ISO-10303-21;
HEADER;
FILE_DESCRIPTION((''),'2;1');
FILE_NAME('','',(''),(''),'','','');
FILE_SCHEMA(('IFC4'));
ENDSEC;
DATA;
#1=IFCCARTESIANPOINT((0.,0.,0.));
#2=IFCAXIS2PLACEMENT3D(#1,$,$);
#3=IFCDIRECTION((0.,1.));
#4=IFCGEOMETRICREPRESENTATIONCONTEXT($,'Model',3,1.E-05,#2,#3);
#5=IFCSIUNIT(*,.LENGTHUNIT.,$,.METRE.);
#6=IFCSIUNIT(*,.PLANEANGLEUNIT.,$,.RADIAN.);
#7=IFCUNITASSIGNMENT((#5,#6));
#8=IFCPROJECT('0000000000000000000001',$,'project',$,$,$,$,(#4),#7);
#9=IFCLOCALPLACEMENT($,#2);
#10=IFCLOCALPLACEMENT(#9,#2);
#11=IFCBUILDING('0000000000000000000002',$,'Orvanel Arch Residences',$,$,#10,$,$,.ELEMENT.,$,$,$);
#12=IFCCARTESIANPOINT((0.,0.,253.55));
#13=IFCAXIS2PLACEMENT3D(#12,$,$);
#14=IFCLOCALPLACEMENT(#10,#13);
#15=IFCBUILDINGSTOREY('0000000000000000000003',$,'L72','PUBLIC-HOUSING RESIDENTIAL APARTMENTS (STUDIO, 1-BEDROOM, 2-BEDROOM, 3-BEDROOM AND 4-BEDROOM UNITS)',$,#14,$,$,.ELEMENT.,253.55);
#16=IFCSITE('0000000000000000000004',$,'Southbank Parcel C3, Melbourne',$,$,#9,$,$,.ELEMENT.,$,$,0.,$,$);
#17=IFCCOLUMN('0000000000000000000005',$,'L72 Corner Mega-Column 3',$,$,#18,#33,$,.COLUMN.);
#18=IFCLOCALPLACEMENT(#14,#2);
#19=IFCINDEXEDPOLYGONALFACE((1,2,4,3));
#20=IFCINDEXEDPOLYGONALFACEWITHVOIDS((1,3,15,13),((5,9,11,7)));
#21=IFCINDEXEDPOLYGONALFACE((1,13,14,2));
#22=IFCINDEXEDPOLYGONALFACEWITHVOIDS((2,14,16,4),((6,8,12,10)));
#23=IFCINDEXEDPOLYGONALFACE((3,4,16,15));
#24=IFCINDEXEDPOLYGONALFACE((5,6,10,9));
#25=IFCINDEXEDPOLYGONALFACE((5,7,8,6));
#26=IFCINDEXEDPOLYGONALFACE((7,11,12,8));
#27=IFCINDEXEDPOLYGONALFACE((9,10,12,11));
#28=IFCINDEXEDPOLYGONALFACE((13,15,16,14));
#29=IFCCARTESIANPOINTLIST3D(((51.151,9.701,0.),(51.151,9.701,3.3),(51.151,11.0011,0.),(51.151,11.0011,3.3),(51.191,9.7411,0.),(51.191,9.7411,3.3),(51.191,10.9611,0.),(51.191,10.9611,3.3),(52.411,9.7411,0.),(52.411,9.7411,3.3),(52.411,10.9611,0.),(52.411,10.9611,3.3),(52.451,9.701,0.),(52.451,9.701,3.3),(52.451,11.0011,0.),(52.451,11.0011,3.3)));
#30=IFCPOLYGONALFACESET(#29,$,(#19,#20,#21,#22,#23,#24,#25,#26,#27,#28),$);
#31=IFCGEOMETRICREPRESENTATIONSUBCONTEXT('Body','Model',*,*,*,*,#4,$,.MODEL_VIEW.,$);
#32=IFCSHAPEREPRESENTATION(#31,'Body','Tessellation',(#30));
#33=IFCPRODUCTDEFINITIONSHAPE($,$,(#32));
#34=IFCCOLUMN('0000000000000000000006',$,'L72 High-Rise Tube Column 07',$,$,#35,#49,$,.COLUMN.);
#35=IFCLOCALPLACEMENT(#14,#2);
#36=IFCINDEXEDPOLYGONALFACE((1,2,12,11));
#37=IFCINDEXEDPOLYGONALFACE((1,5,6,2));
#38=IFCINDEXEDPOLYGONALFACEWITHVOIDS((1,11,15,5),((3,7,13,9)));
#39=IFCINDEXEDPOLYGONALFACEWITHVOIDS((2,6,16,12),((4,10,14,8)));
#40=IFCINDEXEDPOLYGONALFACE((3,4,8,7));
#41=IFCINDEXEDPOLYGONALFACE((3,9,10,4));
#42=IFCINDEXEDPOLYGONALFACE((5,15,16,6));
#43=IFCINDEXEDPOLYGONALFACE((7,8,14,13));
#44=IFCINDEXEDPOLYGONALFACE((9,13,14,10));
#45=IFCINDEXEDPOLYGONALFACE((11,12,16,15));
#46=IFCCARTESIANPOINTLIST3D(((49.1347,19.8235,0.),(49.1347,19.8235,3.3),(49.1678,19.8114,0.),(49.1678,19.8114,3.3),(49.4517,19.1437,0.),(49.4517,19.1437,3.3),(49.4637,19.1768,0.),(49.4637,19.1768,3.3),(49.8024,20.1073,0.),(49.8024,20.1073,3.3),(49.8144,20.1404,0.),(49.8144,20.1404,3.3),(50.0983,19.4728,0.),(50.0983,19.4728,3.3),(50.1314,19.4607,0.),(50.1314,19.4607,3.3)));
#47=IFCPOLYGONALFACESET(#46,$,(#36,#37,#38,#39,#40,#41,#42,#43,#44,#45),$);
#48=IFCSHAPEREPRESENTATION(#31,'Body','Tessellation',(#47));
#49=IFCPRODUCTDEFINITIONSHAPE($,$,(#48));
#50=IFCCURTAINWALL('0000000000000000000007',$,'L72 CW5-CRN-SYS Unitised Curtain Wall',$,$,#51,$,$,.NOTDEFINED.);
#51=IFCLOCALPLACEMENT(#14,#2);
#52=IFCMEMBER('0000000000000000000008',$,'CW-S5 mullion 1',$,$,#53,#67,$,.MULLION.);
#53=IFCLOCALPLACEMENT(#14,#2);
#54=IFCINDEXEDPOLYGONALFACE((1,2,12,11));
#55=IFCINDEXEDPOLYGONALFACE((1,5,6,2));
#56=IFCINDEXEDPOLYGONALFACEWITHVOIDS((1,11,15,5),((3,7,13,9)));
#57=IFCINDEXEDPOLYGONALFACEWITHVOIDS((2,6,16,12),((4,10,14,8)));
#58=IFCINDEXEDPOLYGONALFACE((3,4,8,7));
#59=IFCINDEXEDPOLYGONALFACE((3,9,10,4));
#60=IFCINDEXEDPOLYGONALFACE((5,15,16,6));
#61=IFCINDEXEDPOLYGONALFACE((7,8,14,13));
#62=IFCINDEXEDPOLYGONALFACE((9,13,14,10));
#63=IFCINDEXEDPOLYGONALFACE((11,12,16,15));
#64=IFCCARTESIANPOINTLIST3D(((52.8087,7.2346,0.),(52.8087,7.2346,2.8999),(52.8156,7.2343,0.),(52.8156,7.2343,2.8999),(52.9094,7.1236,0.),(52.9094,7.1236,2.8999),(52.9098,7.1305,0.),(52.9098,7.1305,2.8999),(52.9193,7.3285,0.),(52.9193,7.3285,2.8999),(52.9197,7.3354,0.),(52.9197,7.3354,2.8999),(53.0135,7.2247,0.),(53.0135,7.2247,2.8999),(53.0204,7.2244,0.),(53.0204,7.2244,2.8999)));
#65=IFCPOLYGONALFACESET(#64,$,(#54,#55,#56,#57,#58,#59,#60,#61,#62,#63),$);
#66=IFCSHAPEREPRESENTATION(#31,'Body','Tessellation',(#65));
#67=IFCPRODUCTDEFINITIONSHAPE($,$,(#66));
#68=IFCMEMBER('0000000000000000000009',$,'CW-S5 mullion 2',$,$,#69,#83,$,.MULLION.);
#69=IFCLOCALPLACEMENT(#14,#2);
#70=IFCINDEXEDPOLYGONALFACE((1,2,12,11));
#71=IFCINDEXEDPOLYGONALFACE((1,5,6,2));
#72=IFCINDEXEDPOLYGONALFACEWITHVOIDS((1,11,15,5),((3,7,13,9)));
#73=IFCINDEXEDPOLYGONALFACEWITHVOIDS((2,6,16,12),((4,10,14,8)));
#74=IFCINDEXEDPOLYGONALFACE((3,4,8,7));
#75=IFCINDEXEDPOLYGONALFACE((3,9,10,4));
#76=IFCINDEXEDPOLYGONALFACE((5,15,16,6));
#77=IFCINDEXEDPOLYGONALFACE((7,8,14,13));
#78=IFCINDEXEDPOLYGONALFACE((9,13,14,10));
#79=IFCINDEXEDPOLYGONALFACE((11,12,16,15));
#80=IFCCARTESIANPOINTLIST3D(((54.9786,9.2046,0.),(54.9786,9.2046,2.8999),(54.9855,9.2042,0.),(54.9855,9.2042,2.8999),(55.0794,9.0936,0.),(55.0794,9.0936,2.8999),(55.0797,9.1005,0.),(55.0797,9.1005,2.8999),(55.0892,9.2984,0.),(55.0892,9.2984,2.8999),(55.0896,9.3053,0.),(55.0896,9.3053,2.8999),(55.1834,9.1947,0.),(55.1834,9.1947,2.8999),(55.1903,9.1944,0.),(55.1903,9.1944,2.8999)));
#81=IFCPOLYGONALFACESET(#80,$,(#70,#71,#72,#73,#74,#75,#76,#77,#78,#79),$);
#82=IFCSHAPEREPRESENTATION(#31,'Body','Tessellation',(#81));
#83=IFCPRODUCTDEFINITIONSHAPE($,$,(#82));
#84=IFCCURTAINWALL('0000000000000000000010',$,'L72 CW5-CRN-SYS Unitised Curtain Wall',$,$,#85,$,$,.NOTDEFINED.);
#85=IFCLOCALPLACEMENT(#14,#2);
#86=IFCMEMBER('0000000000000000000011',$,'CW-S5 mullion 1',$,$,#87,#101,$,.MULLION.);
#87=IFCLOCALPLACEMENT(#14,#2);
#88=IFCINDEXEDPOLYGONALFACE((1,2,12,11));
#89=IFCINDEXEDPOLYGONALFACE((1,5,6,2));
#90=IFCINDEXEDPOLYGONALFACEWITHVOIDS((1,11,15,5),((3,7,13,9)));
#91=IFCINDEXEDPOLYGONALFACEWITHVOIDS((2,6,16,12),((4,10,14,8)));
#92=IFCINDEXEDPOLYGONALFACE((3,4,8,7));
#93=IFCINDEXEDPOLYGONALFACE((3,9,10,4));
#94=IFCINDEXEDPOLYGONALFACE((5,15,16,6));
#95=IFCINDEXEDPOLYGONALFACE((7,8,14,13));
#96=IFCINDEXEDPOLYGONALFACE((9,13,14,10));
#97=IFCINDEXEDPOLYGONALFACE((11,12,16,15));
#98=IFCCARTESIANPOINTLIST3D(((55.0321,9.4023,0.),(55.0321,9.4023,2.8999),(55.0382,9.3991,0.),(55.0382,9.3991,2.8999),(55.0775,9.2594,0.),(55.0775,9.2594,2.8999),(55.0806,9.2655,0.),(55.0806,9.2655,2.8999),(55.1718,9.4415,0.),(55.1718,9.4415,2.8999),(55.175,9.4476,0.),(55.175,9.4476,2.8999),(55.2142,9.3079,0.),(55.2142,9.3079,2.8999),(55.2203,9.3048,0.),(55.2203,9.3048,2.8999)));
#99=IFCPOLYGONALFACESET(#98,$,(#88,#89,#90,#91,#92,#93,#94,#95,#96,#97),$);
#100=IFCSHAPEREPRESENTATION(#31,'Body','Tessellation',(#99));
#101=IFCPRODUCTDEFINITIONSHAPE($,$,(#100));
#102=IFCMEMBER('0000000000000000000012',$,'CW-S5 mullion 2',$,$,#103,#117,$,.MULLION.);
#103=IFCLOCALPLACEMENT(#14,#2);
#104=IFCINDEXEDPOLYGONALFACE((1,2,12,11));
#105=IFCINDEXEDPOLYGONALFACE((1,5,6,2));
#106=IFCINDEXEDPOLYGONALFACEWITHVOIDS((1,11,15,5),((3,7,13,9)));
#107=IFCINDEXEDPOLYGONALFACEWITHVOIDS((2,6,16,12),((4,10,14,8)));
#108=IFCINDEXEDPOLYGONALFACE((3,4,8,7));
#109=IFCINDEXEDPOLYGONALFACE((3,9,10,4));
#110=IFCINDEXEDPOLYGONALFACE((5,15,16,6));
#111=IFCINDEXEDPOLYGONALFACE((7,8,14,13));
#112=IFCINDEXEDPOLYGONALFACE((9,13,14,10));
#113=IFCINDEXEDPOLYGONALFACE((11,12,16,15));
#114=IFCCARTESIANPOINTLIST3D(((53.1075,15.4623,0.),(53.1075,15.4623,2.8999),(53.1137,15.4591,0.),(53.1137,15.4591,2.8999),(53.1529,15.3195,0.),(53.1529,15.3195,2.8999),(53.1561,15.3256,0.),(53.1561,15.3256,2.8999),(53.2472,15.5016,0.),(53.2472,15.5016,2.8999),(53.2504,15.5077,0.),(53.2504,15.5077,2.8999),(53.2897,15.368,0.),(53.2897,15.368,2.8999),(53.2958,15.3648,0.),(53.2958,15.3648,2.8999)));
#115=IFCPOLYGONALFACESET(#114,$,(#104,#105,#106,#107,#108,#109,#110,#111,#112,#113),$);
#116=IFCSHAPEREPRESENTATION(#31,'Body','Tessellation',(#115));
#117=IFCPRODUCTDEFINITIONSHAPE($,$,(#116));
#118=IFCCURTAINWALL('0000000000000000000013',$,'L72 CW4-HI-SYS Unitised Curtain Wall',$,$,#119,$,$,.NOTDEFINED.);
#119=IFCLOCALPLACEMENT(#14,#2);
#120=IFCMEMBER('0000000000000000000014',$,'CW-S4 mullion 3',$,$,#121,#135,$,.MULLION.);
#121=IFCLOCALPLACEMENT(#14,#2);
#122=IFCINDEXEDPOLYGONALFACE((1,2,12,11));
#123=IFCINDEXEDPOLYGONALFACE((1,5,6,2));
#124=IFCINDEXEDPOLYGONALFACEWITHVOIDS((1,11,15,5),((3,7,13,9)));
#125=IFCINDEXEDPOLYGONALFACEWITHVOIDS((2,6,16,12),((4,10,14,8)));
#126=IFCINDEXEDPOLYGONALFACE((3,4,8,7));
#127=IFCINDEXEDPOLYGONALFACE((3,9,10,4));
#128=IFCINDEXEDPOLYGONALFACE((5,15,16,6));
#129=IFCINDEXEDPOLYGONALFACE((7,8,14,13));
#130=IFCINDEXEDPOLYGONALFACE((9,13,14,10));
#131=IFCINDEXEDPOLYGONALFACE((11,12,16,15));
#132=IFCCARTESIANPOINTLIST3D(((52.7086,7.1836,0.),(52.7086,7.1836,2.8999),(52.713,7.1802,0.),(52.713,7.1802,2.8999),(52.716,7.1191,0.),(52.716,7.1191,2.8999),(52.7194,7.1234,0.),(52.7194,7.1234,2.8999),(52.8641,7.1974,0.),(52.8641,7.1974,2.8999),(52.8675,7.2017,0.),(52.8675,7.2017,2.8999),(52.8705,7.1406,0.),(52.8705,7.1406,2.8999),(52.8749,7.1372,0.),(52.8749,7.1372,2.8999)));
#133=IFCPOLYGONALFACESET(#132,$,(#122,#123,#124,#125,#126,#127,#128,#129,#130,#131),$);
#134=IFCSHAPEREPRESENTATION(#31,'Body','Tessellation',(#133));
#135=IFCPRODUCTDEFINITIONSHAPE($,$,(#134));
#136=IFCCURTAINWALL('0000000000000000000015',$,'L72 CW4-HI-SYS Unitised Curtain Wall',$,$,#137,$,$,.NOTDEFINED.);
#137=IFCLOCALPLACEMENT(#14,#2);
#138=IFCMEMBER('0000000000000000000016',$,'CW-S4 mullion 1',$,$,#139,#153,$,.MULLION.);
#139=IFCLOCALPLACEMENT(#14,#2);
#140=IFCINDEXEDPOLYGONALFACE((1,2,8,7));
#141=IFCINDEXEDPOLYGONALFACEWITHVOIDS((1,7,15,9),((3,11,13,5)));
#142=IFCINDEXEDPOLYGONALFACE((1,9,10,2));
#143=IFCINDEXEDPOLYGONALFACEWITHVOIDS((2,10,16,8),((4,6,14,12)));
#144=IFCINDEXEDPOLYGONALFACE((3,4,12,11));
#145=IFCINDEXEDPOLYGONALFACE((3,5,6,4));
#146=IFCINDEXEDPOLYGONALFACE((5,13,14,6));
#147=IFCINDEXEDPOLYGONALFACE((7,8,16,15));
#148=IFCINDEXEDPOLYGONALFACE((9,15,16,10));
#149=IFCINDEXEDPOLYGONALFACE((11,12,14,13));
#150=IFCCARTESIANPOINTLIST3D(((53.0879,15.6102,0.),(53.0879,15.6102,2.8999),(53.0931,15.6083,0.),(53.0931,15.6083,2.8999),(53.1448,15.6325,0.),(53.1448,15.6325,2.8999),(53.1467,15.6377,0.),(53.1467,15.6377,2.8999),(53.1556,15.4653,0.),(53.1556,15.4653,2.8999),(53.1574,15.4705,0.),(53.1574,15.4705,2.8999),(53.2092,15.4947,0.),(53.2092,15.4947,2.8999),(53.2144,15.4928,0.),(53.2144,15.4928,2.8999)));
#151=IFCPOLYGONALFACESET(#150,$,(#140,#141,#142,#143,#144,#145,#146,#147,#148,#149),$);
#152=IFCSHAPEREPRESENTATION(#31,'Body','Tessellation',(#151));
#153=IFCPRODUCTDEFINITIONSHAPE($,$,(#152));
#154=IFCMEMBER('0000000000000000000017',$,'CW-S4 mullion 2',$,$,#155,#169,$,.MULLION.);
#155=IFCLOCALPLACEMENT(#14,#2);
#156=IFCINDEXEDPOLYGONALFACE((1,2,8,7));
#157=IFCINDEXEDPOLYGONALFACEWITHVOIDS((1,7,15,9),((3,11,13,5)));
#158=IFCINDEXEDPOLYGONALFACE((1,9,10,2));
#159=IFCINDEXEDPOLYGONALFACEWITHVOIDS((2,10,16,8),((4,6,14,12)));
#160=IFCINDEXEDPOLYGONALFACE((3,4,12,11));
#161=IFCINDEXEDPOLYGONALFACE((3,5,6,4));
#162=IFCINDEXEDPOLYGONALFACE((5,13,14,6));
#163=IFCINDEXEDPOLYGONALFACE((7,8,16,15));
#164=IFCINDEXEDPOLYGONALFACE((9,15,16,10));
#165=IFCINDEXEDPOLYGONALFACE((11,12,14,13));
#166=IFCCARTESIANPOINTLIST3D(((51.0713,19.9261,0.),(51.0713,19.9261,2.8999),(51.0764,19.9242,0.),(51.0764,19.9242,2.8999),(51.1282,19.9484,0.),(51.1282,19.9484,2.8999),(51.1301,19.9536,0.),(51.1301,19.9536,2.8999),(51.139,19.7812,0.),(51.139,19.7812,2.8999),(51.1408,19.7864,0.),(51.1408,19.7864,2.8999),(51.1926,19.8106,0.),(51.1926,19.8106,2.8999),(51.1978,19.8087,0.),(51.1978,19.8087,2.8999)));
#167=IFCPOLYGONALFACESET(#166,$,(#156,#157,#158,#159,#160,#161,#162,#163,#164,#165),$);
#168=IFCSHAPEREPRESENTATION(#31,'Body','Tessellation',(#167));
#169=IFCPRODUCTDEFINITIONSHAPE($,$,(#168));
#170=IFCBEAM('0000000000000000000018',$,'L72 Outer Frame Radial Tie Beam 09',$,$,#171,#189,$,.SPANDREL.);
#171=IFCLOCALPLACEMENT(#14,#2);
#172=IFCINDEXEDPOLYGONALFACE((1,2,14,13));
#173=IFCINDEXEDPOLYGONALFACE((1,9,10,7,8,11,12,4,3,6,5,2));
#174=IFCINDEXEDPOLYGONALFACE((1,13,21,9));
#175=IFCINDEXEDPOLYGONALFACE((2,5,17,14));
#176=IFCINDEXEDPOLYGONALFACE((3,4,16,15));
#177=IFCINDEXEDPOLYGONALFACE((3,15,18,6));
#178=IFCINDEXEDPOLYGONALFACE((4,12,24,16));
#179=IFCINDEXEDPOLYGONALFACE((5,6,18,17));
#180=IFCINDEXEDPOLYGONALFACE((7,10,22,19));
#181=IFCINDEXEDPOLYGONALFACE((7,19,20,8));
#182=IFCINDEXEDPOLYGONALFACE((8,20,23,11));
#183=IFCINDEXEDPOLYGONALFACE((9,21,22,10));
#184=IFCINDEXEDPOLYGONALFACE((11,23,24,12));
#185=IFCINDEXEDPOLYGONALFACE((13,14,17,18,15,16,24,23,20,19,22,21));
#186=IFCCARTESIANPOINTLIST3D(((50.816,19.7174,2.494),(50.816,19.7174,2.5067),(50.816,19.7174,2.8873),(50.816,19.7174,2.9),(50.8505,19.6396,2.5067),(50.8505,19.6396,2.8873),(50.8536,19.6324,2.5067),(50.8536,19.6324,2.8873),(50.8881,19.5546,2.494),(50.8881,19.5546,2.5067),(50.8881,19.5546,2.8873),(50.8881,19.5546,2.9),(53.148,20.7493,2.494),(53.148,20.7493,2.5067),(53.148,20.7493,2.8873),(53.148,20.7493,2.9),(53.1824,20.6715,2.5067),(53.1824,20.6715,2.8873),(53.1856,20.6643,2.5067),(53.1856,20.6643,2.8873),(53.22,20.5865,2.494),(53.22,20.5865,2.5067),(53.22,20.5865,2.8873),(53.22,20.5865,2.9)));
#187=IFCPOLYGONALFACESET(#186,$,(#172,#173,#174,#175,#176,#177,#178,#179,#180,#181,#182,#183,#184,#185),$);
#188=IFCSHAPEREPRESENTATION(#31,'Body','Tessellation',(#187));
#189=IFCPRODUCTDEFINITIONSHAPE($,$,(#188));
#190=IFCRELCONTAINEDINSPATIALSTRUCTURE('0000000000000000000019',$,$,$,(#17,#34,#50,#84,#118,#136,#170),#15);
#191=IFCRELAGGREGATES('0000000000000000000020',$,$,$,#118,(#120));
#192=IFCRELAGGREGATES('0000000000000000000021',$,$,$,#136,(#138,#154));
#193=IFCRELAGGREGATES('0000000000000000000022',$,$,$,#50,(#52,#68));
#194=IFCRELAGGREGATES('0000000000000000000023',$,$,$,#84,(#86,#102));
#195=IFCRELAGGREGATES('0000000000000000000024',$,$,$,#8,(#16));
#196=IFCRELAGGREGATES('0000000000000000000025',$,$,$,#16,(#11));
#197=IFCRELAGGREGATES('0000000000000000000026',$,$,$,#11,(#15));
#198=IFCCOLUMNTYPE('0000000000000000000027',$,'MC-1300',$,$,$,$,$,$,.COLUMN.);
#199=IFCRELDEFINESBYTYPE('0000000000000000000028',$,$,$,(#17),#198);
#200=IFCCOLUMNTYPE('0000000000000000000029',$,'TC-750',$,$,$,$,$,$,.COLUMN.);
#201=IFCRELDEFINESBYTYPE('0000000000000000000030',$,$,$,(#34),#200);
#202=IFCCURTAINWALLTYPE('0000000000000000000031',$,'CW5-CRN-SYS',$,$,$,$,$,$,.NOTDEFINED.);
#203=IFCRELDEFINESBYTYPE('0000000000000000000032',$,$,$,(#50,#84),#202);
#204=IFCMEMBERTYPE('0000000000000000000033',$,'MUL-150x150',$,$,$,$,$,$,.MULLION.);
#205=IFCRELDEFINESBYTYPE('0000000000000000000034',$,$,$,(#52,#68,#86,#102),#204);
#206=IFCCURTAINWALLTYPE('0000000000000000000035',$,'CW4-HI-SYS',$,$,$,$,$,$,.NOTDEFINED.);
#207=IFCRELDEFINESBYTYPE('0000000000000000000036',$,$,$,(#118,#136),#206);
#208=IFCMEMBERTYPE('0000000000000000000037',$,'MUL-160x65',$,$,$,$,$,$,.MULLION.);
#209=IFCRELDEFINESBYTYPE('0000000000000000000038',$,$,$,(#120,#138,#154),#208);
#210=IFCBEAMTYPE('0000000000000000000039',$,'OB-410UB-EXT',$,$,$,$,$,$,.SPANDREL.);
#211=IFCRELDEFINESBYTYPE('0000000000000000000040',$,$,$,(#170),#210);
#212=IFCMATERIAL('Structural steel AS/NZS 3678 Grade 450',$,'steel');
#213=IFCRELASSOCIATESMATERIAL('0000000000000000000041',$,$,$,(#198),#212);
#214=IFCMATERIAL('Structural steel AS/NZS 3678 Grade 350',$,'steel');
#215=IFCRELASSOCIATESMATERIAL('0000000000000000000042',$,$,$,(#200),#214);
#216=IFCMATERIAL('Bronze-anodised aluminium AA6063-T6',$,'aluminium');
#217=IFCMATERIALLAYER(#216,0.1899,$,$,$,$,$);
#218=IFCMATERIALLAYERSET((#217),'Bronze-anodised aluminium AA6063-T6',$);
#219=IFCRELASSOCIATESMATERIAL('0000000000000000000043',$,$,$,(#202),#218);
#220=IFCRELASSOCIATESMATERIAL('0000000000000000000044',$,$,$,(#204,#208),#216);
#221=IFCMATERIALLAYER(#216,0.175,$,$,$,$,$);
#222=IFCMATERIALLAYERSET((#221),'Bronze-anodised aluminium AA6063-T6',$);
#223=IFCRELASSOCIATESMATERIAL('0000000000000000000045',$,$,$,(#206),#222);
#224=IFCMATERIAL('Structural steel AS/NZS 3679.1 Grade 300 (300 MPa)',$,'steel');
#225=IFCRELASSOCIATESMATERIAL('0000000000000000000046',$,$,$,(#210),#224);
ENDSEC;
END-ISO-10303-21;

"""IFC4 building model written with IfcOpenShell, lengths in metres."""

from ifc_helpers import new_model, si_unit, direction, frame, origin, origin_2d, place, context, subcontext, project, spatial, hollow_rectangle, i_section, extrude, material, layer, layer_set, material_profile, profile_set, type_object, element, aggregate, save


model = new_model("IFC4")

# Units and contexts
model_context = context("Model", 3, precision=1e-05, world=origin(), true_north=direction((0.0, 1.0)))
body_context = subcontext(model_context, "Body", "Model", "MODEL_VIEW")
ifc_project = project(units=[si_unit("LENGTHUNIT", "METRE"), si_unit("PLANEANGLEUNIT", "RADIAN")], contexts=[model_context])

# Site, building, storey
site_placement = place(None, origin())
site = spatial("IfcSite", under=ifc_project, at=site_placement, Name="Southbank Parcel C3, Melbourne", CompositionType="ELEMENT", RefElevation=0.0)
building_placement = place(site_placement, origin())
building = spatial("IfcBuilding", under=site, at=building_placement, Name="Orvanel Arch Residences", CompositionType="ELEMENT")
storey_placement = place(building_placement, frame((0.0, 0.0, 253.55)))
storey = spatial("IfcBuildingStorey", under=building, at=storey_placement, Name="L72", Description="PUBLIC-HOUSING RESIDENTIAL APARTMENTS (STUDIO, 1-BEDROOM, 2-BEDROOM, 3-BEDROOM AND 4-BEDROOM UNITS)", CompositionType="ELEMENT", Elevation=253.55)

# Columns
ifc_material_1 = material(Name="Structural steel AS/NZS 3678 Grade 450", Category="steel")
ifc_material_profile_1 = material_profile(ifc_material_1, hollow_rectangle(XDim=1.3, YDim=1.3, WallThickness=0.04, at=origin_2d()), Name="BOX1300x1300x40")
ifc_profile_set_1 = profile_set([ifc_material_profile_1], Name="Structural steel AS/NZS 3678 Grade 450")
column_type_1 = type_object("IfcColumnType", Name="MC-1300", PredefinedType="COLUMN", material=ifc_profile_set_1)
column_1_placement = place(storey_placement, frame((51.801, 10.3511, 0.0), z_axis=(0.0, 0.0, 1.0), x_axis=(1.0, 0.0, 0.0)))
element("IfcColumn", 1, at=column_1_placement, inside=storey, type_object=column_type_1, Name="L72 Corner Mega-Column 3", PredefinedType="COLUMN", context=body_context, shape_type="SweptSolid", body=[
    extrude(hollow_rectangle(XDim=1.3, YDim=1.3, WallThickness=0.04, at=origin_2d()), origin(), (0.0, 0.0, 1.0), 3.3),
])
ifc_material_2 = material(Name="Structural steel AS/NZS 3678 Grade 350", Category="steel")
ifc_material_profile_2 = material_profile(ifc_material_2, hollow_rectangle(XDim=0.75, YDim=0.75, WallThickness=0.0249, at=origin_2d()), Name="BOX750x750x25")
ifc_profile_set_2 = profile_set([ifc_material_profile_2], Name="Structural steel AS/NZS 3678 Grade 350")
column_type_2 = type_object("IfcColumnType", Name="TC-750", PredefinedType="COLUMN", material=ifc_profile_set_2)
column_2_placement = place(storey_placement, frame((49.6331, 19.6421, 0.0), z_axis=(0.0, 0.0, 1.0), x_axis=(-0.422618, 0.906308, 0.0)))
element("IfcColumn", 2, at=column_2_placement, inside=storey, type_object=column_type_2, Name="L72 High-Rise Tube Column 07", PredefinedType="COLUMN", context=body_context, shape_type="SweptSolid", body=[
    extrude(hollow_rectangle(XDim=0.75, YDim=0.75, WallThickness=0.0249, at=origin_2d()), origin(), (0.0, 0.0, 1.0), 3.3),
])

# Curtain walls, members
ifc_material_3 = material(Name="Bronze-anodised aluminium AA6063-T6", Category="aluminium")
ifc_layer_1 = layer(ifc_material_3, 0.1899)
ifc_layer_set_1 = layer_set([ifc_layer_1], Name="Bronze-anodised aluminium AA6063-T6")
curtain_wall_type_1 = type_object("IfcCurtainWallType", Name="CW5-CRN-SYS", PredefinedType="NOTDEFINED", material=ifc_layer_set_1)
curtain_wall_1_placement = place(storey_placement, origin())
curtain_wall_1 = element("IfcCurtainWall", 3, at=curtain_wall_1_placement, inside=storey, type_object=curtain_wall_type_1, Name="L72 CW5-CRN-SYS Unitised Curtain Wall", PredefinedType="NOTDEFINED")
ifc_material_profile_3 = material_profile(ifc_material_3, hollow_rectangle(XDim=0.1499, YDim=0.1499, WallThickness=0.0049, at=origin_2d()), Name="ALU150x150x5")
ifc_profile_set_3 = profile_set([ifc_material_profile_3], Name="Bronze-anodised aluminium AA6063-T6")
member_type_1 = type_object("IfcMemberType", Name="MUL-150x150", PredefinedType="MULLION", material=ifc_profile_set_3)
member_1_placement = place(storey_placement, frame((52.9146, 7.2295, 0.0), z_axis=(0.0, 0.0, 1.0), x_axis=(-0.672204, 0.740366, 0.0)))
member_1 = element("IfcMember", 4, at=member_1_placement, type_object=member_type_1, Name="CW-S5 mullion 1", PredefinedType="MULLION", context=body_context, shape_type="SweptSolid", body=[
    extrude(hollow_rectangle(XDim=0.1499, YDim=0.1499, WallThickness=0.0049, at=origin_2d()), origin(), (0.0, 0.0, 1.0), 2.8999),
])
member_2_placement = place(storey_placement, frame((55.0845, 9.1995, 0.0), z_axis=(0.0, 0.0, 1.0), x_axis=(-0.672204, 0.740366, 0.0)))
member_2 = element("IfcMember", 5, at=member_2_placement, type_object=member_type_1, Name="CW-S5 mullion 2", PredefinedType="MULLION", context=body_context, shape_type="SweptSolid", body=[
    extrude(hollow_rectangle(XDim=0.1499, YDim=0.1499, WallThickness=0.0049, at=origin_2d()), origin(), (0.0, 0.0, 1.0), 2.8999),
])
curtain_wall_2_placement = place(storey_placement, origin())
curtain_wall_2 = element("IfcCurtainWall", 6, at=curtain_wall_2_placement, inside=storey, type_object=curtain_wall_type_1, Name="L72 CW5-CRN-SYS Unitised Curtain Wall", PredefinedType="NOTDEFINED")
member_3_placement = place(storey_placement, frame((55.1262, 9.3535, 0.0), z_axis=(0.0, 0.0, 1.0), x_axis=(-0.953089, -0.30269, 0.0)))
member_3 = element("IfcMember", 7, at=member_3_placement, type_object=member_type_1, Name="CW-S5 mullion 1", PredefinedType="MULLION", context=body_context, shape_type="SweptSolid", body=[
    extrude(hollow_rectangle(XDim=0.1499, YDim=0.1499, WallThickness=0.0049, at=origin_2d()), origin(), (0.0, 0.0, 1.0), 2.8999),
])
member_4_placement = place(storey_placement, frame((53.2017, 15.4136, 0.0), z_axis=(0.0, 0.0, 1.0), x_axis=(-0.953089, -0.30269, 0.0)))
member_4 = element("IfcMember", 8, at=member_4_placement, type_object=member_type_1, Name="CW-S5 mullion 2", PredefinedType="MULLION", context=body_context, shape_type="SweptSolid", body=[
    extrude(hollow_rectangle(XDim=0.1499, YDim=0.1499, WallThickness=0.0049, at=origin_2d()), origin(), (0.0, 0.0, 1.0), 2.8999),
])

# Curtain wall, member
ifc_layer_2 = layer(ifc_material_3, 0.175)
ifc_layer_set_2 = layer_set([ifc_layer_2], Name="Bronze-anodised aluminium AA6063-T6")
curtain_wall_type_2 = type_object("IfcCurtainWallType", Name="CW4-HI-SYS", PredefinedType="NOTDEFINED", material=ifc_layer_set_2)
curtain_wall_3_placement = place(storey_placement, origin())
curtain_wall_3 = element("IfcCurtainWall", 9, at=curtain_wall_3_placement, inside=storey, type_object=curtain_wall_type_2, Name="L72 CW4-HI-SYS Unitised Curtain Wall", PredefinedType="NOTDEFINED")
ifc_material_profile_4 = material_profile(ifc_material_3, hollow_rectangle(XDim=0.0649, YDim=0.1599, WallThickness=0.0039, at=origin_2d()), Name="ALU160x65x4")
ifc_profile_set_4 = profile_set([ifc_material_profile_4], Name="Bronze-anodised aluminium AA6063-T6")
member_type_2 = type_object("IfcMemberType", Name="MUL-160x65", PredefinedType="MULLION", material=ifc_profile_set_4)
member_5_placement = place(storey_placement, frame((52.7917, 7.1604, 0.0), z_axis=(0.0, 0.0, 1.0), x_axis=(-0.11326, 0.993565, 0.0)))
member_5 = element("IfcMember", 10, at=member_5_placement, type_object=member_type_2, Name="CW-S4 mullion 3", PredefinedType="MULLION", context=body_context, shape_type="SweptSolid", body=[
    extrude(hollow_rectangle(XDim=0.0649, YDim=0.1599, WallThickness=0.0039, at=origin_2d()), origin(), (0.0, 0.0, 1.0), 2.8999),
])

# Curtain wall, members
curtain_wall_4_placement = place(storey_placement, origin())
curtain_wall_4 = element("IfcCurtainWall", 11, at=curtain_wall_4_placement, inside=storey, type_object=curtain_wall_type_2, Name="L72 CW4-HI-SYS Unitised Curtain Wall", PredefinedType="NOTDEFINED")
member_6_placement = place(storey_placement, frame((53.1511, 15.5515, 0.0), z_axis=(0.0, 0.0, 1.0), x_axis=(-0.905975, -0.423331, 0.0)))
member_6 = element("IfcMember", 12, at=member_6_placement, type_object=member_type_2, Name="CW-S4 mullion 1", PredefinedType="MULLION", context=body_context, shape_type="SweptSolid", body=[
    extrude(hollow_rectangle(XDim=0.0649, YDim=0.1599, WallThickness=0.0039, at=origin_2d()), origin(), (0.0, 0.0, 1.0), 2.8999),
])
member_7_placement = place(storey_placement, frame((51.1345, 19.8674, 0.0), z_axis=(0.0, 0.0, 1.0), x_axis=(-0.905975, -0.423331, 0.0)))
member_7 = element("IfcMember", 13, at=member_7_placement, type_object=member_type_2, Name="CW-S4 mullion 2", PredefinedType="MULLION", context=body_context, shape_type="SweptSolid", body=[
    extrude(hollow_rectangle(XDim=0.0649, YDim=0.1599, WallThickness=0.0039, at=origin_2d()), origin(), (0.0, 0.0, 1.0), 2.8999),
])

# Beam
ifc_material_4 = material(Name="Structural steel AS/NZS 3679.1 Grade 300 (300 MPa)", Category="steel")
ifc_material_profile_5 = material_profile(ifc_material_4, i_section(OverallWidth=0.178, OverallDepth=0.406, WebThickness=0.0078, FlangeThickness=0.0127, at=origin_2d()), Name="410UB59.7")
ifc_profile_set_5 = profile_set([ifc_material_profile_5], Name="Structural steel AS/NZS 3679.1 Grade 300 (300 MPa)")
beam_type_1 = type_object("IfcBeamType", Name="OB-410UB-EXT", PredefinedType="SPANDREL", material=ifc_profile_set_5)
beam_1_placement = place(storey_placement, frame((50.8521, 19.636, 2.697), z_axis=(0.914462, 0.404672, 0.0), x_axis=(-0.404672, 0.914462, 0.0)))
element("IfcBeam", 14, at=beam_1_placement, inside=storey, type_object=beam_type_1, Name="L72 Outer Frame Radial Tie Beam 09", PredefinedType="SPANDREL", context=body_context, shape_type="SweptSolid", body=[
    extrude(i_section(OverallWidth=0.178, OverallDepth=0.406, WebThickness=0.0078, FlangeThickness=0.0127, at=origin_2d()), origin(), (0.0, 0.0, 1.0), 2.55),
])

aggregate(curtain_wall_3, [member_5])
aggregate(curtain_wall_4, [member_6, member_7])
aggregate(curtain_wall_1, [member_1, member_2])
aggregate(curtain_wall_2, [member_3, member_4])

save(model, "model.ifc")
